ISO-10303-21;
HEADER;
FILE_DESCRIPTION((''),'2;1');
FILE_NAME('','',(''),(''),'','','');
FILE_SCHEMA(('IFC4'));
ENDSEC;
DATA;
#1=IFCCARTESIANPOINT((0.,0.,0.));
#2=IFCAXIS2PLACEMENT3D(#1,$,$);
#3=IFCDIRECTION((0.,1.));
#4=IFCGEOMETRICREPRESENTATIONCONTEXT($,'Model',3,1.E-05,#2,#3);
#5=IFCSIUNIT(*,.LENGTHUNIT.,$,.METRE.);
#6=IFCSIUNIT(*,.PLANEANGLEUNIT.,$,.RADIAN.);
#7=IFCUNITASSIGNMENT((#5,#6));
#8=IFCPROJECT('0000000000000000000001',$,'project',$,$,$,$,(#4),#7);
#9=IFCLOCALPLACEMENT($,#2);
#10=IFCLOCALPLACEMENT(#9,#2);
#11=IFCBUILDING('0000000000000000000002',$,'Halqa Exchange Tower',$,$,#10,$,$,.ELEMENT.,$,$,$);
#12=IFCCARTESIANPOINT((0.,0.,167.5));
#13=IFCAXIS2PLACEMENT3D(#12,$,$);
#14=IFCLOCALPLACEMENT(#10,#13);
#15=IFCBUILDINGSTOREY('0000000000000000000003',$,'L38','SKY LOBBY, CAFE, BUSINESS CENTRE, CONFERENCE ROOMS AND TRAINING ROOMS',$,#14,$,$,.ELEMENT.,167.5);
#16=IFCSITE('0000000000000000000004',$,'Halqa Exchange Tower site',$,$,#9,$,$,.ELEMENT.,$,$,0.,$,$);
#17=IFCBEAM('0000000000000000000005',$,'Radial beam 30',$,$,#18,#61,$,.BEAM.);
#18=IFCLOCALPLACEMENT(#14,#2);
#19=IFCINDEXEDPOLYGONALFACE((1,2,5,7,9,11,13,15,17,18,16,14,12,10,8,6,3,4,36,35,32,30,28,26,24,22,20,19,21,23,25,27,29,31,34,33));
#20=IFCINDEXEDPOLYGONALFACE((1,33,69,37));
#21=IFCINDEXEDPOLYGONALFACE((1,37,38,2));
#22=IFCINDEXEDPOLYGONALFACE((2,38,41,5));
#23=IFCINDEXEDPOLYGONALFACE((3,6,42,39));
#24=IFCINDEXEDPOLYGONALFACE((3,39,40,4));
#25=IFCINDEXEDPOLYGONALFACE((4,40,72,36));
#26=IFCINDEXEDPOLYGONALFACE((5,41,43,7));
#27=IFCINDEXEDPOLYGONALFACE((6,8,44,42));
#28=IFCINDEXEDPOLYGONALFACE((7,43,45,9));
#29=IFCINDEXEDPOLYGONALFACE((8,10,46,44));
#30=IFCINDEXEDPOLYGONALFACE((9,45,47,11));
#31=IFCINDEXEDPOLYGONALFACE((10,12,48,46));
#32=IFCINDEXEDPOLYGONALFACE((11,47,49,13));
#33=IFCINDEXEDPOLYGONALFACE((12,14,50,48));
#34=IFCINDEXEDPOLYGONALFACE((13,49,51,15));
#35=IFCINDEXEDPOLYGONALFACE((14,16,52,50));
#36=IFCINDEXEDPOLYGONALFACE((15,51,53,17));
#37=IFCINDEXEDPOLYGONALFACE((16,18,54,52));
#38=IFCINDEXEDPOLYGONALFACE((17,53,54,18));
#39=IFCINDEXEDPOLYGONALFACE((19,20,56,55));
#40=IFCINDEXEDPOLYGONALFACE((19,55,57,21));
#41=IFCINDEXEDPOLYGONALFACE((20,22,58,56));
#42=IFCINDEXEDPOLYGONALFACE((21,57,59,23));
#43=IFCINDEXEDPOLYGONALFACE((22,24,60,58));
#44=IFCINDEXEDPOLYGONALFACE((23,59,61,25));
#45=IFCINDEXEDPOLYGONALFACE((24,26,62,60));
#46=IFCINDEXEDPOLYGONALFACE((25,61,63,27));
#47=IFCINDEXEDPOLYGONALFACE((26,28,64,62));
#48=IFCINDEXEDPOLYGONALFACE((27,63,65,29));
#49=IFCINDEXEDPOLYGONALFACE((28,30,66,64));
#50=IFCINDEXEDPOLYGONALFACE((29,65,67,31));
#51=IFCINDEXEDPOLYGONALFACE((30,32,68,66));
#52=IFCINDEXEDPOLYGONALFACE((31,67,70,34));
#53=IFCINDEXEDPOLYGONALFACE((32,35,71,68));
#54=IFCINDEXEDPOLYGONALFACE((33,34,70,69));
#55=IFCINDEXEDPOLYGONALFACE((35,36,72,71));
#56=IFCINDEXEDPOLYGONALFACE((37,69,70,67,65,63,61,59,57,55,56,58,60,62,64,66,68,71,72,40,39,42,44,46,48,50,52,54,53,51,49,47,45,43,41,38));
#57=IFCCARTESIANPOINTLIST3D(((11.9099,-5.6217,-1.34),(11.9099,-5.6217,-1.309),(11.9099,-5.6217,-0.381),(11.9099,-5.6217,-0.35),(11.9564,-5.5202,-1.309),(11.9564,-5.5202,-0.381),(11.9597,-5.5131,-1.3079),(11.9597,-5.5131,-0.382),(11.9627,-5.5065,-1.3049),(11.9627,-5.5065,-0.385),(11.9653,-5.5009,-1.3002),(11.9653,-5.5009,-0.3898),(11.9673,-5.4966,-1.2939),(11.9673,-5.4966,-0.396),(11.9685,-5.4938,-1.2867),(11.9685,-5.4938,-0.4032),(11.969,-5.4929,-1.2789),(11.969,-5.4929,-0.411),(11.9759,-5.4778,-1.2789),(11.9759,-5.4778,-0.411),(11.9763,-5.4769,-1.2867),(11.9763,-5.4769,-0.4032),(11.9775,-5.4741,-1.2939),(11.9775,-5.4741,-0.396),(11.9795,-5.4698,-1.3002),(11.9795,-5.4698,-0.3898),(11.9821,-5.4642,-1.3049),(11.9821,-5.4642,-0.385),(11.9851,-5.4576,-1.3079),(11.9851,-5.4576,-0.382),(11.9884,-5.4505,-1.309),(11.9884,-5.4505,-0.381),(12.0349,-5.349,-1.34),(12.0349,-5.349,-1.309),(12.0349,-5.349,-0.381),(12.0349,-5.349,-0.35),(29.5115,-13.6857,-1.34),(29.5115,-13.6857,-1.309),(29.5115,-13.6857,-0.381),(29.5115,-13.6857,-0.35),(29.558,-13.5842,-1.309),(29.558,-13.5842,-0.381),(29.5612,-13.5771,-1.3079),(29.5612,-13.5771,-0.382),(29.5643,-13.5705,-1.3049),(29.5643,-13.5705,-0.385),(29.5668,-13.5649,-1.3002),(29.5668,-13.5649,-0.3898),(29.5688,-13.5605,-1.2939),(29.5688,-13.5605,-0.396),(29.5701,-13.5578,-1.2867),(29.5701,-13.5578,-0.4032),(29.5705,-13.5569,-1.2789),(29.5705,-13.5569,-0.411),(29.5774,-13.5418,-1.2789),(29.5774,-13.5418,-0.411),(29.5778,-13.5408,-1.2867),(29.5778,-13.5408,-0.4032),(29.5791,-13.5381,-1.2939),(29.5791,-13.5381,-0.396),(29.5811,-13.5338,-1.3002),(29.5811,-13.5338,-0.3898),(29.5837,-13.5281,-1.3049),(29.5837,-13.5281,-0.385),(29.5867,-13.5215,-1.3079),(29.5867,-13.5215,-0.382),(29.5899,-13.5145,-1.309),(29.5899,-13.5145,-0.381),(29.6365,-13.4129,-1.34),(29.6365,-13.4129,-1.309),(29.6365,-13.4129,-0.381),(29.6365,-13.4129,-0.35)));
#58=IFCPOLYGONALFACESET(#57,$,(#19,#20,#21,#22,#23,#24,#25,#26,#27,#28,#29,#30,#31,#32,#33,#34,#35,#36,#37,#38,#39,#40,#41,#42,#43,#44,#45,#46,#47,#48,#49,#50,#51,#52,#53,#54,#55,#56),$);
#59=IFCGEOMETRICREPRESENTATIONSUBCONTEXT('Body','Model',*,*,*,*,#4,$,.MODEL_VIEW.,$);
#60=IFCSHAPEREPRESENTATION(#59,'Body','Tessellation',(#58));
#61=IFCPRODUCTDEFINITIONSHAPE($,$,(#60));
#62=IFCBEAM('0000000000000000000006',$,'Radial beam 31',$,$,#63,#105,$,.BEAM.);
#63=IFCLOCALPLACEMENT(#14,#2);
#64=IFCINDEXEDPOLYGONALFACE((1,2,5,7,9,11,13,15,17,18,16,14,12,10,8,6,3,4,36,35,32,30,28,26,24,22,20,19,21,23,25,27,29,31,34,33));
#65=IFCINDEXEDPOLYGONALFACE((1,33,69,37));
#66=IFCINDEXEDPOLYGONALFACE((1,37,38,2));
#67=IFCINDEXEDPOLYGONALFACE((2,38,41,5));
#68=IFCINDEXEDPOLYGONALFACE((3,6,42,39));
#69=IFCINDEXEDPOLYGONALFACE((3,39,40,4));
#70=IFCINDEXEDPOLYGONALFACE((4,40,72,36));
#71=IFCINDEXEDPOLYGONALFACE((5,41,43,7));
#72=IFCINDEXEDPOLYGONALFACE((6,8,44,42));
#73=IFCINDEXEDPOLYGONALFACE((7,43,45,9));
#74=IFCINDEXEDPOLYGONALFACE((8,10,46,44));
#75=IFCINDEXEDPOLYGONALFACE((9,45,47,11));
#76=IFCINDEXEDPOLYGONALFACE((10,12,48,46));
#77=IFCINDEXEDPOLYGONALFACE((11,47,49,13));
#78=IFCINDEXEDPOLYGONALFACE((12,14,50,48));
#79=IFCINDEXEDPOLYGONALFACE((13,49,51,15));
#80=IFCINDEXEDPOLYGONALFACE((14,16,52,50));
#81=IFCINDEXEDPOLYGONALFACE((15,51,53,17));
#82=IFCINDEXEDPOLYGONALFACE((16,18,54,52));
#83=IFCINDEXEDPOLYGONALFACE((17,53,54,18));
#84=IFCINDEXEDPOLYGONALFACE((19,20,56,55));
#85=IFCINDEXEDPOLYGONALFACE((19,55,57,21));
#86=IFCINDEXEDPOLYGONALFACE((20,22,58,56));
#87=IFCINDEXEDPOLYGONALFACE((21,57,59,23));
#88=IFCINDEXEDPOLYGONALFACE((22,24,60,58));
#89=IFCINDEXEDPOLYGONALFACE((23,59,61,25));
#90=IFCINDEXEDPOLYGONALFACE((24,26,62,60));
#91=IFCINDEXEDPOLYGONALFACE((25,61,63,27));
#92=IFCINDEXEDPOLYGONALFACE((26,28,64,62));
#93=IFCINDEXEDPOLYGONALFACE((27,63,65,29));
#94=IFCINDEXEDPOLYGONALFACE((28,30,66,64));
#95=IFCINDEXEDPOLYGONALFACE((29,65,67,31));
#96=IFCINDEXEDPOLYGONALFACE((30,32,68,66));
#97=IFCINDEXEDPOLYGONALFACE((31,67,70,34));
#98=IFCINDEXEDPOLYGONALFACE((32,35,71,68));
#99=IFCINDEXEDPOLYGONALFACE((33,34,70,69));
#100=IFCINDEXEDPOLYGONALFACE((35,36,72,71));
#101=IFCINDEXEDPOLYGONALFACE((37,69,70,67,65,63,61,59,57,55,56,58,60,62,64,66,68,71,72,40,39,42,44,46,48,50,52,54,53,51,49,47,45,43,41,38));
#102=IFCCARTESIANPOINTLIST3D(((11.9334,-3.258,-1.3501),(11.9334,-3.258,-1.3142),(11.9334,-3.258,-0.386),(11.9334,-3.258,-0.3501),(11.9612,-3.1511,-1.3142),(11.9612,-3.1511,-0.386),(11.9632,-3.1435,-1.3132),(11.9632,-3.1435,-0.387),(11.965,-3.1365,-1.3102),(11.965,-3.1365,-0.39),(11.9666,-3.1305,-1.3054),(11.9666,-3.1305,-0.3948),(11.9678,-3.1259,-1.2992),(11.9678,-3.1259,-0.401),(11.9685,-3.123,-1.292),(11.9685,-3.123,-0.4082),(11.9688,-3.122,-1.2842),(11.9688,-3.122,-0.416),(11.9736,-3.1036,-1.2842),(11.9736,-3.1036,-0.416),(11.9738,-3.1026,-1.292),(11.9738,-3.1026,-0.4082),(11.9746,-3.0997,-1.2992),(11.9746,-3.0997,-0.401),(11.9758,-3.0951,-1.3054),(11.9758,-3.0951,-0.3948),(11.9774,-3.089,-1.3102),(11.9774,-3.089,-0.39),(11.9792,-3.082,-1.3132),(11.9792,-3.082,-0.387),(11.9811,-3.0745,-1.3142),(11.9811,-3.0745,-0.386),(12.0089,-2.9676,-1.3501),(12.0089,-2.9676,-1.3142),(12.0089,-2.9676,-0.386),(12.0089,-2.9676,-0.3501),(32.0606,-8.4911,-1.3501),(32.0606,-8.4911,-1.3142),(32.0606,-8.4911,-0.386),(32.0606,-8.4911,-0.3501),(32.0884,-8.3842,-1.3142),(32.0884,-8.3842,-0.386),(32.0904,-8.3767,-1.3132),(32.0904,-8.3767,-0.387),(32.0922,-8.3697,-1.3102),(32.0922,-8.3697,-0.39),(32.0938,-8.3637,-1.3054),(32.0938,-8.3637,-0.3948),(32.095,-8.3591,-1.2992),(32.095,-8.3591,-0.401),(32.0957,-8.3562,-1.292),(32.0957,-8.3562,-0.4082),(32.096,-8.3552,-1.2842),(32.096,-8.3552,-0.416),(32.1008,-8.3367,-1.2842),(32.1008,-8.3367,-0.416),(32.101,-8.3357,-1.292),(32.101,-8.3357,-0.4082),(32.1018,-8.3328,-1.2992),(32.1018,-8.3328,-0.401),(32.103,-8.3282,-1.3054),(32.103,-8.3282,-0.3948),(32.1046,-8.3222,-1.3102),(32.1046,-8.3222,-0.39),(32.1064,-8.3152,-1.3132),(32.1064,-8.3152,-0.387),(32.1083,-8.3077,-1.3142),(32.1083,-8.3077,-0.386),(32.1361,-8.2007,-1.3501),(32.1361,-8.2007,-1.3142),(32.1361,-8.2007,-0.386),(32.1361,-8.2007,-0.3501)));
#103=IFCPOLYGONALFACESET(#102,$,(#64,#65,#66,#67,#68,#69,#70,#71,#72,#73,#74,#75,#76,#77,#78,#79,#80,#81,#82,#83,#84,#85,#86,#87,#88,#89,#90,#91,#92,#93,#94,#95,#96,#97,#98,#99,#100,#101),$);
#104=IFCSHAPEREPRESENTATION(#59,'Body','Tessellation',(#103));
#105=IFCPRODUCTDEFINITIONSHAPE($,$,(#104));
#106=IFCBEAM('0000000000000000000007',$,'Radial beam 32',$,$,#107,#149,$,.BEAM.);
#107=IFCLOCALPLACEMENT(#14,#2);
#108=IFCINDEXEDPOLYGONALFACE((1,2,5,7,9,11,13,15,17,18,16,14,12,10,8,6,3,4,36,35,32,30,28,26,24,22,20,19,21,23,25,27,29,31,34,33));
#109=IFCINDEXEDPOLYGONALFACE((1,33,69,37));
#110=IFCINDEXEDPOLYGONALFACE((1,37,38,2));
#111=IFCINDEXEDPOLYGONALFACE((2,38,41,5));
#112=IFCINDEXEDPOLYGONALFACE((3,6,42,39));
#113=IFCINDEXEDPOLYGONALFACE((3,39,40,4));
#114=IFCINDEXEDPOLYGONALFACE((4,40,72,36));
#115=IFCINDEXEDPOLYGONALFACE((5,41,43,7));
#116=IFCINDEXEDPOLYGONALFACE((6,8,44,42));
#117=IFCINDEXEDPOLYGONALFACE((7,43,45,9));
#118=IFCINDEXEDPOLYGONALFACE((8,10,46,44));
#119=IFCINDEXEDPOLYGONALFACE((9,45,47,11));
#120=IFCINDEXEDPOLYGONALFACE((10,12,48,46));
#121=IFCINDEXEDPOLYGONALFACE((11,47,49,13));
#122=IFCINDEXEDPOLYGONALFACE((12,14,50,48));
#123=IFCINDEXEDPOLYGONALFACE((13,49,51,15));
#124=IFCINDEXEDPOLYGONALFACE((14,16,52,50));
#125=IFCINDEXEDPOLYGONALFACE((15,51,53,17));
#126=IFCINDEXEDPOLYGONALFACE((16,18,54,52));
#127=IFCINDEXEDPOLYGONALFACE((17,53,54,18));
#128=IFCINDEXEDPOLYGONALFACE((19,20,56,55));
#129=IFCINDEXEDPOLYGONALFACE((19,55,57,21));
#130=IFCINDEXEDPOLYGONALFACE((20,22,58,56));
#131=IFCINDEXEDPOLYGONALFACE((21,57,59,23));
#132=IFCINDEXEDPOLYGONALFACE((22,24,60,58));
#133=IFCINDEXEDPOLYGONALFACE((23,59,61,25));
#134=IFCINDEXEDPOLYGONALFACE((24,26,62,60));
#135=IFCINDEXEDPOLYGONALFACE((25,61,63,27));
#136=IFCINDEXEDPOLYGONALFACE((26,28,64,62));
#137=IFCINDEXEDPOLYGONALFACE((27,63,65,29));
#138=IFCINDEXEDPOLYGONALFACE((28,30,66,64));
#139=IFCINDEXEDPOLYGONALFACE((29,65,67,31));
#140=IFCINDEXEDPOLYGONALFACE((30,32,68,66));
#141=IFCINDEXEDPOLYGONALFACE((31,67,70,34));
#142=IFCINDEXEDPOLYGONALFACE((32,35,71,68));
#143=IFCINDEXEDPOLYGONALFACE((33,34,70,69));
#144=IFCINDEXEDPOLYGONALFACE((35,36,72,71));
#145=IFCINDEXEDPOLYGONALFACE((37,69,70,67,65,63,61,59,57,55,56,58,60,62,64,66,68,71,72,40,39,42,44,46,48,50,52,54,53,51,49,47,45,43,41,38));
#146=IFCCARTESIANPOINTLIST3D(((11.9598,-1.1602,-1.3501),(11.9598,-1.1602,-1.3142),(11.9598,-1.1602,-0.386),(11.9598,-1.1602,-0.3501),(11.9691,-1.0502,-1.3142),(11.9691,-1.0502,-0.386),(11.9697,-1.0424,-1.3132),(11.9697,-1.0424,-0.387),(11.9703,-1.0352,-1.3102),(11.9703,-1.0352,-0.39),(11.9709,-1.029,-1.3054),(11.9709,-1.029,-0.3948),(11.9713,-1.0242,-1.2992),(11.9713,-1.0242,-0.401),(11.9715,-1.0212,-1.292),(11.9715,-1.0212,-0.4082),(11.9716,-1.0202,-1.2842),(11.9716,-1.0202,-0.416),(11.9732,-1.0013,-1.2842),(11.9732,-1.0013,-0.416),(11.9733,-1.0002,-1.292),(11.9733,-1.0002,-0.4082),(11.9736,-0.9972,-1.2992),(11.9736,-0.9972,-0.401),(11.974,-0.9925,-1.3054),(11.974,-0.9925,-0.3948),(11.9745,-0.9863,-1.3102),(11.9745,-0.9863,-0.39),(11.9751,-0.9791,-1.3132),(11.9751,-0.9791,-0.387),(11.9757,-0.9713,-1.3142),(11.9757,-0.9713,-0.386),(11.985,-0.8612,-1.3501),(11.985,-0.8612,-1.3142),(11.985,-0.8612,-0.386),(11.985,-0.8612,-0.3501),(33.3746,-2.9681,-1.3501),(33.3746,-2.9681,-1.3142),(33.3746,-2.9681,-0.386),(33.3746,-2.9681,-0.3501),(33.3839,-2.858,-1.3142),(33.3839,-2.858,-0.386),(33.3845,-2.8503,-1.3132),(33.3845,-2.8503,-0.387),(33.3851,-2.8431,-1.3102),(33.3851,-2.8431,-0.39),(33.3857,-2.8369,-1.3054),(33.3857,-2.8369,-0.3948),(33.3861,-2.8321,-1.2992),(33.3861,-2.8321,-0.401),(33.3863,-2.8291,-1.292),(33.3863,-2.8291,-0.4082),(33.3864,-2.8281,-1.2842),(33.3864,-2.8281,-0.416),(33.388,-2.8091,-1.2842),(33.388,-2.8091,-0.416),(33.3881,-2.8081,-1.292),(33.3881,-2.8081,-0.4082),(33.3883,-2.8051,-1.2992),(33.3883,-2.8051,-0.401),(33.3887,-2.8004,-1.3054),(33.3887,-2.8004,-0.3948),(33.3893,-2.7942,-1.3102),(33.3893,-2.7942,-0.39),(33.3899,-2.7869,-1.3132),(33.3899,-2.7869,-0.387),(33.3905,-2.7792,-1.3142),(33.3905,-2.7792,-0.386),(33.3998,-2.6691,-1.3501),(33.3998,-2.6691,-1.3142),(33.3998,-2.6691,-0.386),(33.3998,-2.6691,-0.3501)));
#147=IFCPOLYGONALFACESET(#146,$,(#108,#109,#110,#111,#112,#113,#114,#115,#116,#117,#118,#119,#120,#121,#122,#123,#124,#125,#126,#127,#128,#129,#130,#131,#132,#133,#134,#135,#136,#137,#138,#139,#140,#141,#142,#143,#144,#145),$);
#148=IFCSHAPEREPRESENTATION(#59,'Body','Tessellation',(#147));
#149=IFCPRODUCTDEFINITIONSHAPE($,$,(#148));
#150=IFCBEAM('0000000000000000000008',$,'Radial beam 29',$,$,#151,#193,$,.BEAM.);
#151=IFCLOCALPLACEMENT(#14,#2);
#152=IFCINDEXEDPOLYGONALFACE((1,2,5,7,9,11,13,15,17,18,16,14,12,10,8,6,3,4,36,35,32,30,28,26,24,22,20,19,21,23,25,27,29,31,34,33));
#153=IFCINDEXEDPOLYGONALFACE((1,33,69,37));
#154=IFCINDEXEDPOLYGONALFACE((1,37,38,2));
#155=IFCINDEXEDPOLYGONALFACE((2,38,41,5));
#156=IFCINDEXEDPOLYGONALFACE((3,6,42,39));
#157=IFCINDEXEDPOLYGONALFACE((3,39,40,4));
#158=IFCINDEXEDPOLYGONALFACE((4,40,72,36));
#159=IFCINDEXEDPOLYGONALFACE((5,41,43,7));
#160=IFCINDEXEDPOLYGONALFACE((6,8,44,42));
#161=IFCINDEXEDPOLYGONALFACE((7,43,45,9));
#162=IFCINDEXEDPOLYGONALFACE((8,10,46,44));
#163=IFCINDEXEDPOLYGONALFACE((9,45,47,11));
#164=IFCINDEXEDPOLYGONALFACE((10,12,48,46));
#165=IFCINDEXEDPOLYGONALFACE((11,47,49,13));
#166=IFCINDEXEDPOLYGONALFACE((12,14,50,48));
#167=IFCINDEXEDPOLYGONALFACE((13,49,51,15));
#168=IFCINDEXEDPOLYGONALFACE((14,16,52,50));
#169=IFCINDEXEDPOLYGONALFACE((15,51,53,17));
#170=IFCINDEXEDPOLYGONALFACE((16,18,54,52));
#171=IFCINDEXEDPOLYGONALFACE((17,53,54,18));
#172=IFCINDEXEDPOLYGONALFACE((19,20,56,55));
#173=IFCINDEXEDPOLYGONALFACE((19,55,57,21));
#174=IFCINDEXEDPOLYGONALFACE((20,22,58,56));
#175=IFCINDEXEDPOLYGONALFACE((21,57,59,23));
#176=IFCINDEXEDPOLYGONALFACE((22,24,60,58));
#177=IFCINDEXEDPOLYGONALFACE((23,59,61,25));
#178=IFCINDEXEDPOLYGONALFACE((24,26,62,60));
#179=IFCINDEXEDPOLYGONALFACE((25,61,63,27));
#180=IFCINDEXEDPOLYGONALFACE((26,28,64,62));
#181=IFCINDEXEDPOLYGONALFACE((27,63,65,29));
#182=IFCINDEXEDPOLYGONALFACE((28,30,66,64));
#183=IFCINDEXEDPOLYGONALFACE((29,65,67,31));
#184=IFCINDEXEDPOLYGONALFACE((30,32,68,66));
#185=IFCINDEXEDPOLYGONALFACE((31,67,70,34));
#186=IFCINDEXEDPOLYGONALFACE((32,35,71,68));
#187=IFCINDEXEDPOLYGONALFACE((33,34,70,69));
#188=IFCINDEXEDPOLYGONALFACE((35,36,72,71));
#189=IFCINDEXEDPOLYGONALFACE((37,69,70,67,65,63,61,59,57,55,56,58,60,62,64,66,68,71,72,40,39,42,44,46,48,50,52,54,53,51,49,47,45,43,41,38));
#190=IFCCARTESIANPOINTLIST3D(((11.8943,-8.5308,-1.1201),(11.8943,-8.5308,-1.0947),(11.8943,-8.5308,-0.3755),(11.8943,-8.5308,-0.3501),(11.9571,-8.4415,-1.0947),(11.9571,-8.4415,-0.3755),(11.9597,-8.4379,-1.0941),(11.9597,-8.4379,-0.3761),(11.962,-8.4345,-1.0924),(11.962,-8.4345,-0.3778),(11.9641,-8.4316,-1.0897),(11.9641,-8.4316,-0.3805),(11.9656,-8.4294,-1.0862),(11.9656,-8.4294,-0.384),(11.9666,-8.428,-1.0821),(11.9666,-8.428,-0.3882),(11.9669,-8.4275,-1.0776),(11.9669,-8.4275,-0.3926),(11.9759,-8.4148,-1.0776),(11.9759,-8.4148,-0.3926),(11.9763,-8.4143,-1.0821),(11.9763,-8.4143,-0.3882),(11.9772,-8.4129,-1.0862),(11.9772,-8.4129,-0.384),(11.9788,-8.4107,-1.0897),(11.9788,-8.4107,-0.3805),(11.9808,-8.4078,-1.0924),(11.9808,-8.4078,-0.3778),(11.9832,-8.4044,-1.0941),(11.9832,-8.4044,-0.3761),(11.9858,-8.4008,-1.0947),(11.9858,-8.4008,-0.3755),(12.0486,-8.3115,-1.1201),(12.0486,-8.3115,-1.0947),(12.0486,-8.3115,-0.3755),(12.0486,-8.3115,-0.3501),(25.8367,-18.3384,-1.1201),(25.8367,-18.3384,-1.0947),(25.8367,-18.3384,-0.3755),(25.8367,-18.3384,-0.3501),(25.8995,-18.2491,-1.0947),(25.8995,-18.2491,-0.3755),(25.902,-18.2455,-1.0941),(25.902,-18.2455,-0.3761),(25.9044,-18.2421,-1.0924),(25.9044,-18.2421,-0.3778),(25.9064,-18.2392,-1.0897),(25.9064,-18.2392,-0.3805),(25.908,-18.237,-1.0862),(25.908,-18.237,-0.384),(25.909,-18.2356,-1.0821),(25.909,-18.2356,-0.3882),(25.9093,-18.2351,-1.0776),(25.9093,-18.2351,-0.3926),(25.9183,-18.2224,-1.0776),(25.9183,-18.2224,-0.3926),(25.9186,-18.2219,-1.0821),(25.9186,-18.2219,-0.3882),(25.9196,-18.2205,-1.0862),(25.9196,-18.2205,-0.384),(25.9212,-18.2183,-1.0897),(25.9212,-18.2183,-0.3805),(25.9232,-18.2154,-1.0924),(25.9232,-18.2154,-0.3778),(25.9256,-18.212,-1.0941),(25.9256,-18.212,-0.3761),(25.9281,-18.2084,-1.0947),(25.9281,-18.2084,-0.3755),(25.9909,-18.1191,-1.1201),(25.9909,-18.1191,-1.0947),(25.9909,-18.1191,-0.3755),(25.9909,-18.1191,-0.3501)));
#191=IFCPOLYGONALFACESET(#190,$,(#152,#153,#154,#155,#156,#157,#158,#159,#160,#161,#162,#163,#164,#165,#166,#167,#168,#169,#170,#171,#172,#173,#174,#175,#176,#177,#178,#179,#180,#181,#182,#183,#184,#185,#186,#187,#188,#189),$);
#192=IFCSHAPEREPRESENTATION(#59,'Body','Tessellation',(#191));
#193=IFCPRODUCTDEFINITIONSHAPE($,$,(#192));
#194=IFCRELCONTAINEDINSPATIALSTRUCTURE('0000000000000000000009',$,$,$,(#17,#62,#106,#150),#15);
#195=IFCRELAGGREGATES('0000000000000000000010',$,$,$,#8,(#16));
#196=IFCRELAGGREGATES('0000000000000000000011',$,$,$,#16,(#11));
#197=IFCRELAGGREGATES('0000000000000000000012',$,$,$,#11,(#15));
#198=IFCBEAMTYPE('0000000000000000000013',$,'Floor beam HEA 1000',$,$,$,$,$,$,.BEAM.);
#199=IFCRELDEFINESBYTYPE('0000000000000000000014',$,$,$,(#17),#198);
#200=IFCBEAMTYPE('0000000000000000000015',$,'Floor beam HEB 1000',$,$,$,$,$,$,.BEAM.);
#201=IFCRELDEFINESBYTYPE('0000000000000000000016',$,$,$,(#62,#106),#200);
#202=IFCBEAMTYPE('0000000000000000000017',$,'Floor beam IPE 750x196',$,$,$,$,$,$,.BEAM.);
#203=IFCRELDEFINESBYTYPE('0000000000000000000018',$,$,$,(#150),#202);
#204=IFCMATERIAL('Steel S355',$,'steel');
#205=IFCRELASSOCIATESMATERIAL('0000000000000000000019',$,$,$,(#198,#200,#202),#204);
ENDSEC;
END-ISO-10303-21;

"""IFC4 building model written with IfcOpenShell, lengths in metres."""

from ifc_helpers import new_model, si_unit, direction, frame, origin, origin_2d, place, context, subcontext, project, spatial, i_section, extrude, material, material_profile, profile_set, type_object, element, save


model = new_model("IFC4")

# Units and contexts
model_context = context("Model", 3, precision=1e-05, world=origin(), true_north=direction((0.0, 1.0)))
body_context = subcontext(model_context, "Body", "Model", "MODEL_VIEW")
ifc_project = project(units=[si_unit("LENGTHUNIT", "METRE"), si_unit("PLANEANGLEUNIT", "RADIAN")], contexts=[model_context])

# Site, building, storey
site_placement = place(None, origin())
site = spatial("IfcSite", under=ifc_project, at=site_placement, Name="Halqa Exchange Tower site", CompositionType="ELEMENT", RefElevation=0.0)
building_placement = place(site_placement, origin())
building = spatial("IfcBuilding", under=site, at=building_placement, Name="Halqa Exchange Tower", CompositionType="ELEMENT")
storey_placement = place(building_placement, frame((0.0, 0.0, 167.5)))
storey = spatial("IfcBuildingStorey", under=building, at=storey_placement, Name="L38", Description="SKY LOBBY, CAFE, BUSINESS CENTRE, CONFERENCE ROOMS AND TRAINING ROOMS", CompositionType="ELEMENT", Elevation=167.5)

# Beams
ifc_material_1 = material(Name="Steel S355", Category="steel")
ifc_material_profile_1 = material_profile(ifc_material_1, i_section(OverallWidth=0.3, OverallDepth=0.99, WebThickness=0.0166, FlangeThickness=0.031, FilletRadius=0.03, at=origin_2d()), Name="HEA 1000")
ifc_profile_set_1 = profile_set([ifc_material_profile_1], Name="Steel S355")
beam_type_1 = type_object("IfcBeamType", Name="Floor beam HEA 1000", PredefinedType="BEAM", material=ifc_profile_set_1)
beam_1_placement = place(storey_placement, frame((11.9724, -5.4854, -0.845), z_axis=(0.909132, -0.416509, 0.0), x_axis=(0.416509, 0.909132, 0.0)))
element("IfcBeam", 1, at=beam_1_placement, inside=storey, type_object=beam_type_1, Name="Radial beam 30", PredefinedType="BEAM", context=body_context, shape_type="SweptSolid", body=[
    extrude(i_section(OverallWidth=0.3, OverallDepth=0.99, WebThickness=0.0166, FlangeThickness=0.031, FilletRadius=0.03, at=origin_2d()), origin(), (0.0, 0.0, 1.0), 19.3608),
])
ifc_material_profile_2 = material_profile(ifc_material_1, i_section(OverallWidth=0.3, OverallDepth=1.0, WebThickness=0.019, FlangeThickness=0.0359, FilletRadius=0.03, at=origin_2d()), Name="HEB 1000")
ifc_profile_set_2 = profile_set([ifc_material_profile_2], Name="Steel S355")
beam_type_2 = type_object("IfcBeamType", Name="Floor beam HEB 1000", PredefinedType="BEAM", material=ifc_profile_set_2)
beam_2_placement = place(storey_placement, frame((11.9712, -3.1128, -0.8501), z_axis=(0.967822, -0.251638, 0.0), x_axis=(0.251638, 0.967822, 0.0)))
element("IfcBeam", 2, at=beam_2_placement, inside=storey, type_object=beam_type_2, Name="Radial beam 31", PredefinedType="BEAM", context=body_context, shape_type="SweptSolid", body=[
    extrude(i_section(OverallWidth=0.3, OverallDepth=1.0, WebThickness=0.019, FlangeThickness=0.0359, FilletRadius=0.03, at=origin_2d()), origin(), (0.0, 0.0, 1.0), 20.7964),
])
beam_3_placement = place(storey_placement, frame((11.9724, -1.0107, -0.8501), z_axis=(0.996455, -0.084122, 0.0), x_axis=(0.084122, 0.996455, 0.0)))
element("IfcBeam", 3, at=beam_3_placement, inside=storey, type_object=beam_type_2, Name="Radial beam 32", PredefinedType="BEAM", context=body_context, shape_type="SweptSolid", body=[
    extrude(i_section(OverallWidth=0.3, OverallDepth=1.0, WebThickness=0.019, FlangeThickness=0.0359, FilletRadius=0.03, at=origin_2d()), origin(), (0.0, 0.0, 1.0), 21.491),
])
ifc_material_profile_3 = material_profile(ifc_material_1, i_section(OverallWidth=0.2681, OverallDepth=0.77, WebThickness=0.0156, FlangeThickness=0.0254, FilletRadius=0.0171, at=origin_2d()), Name="IPE 750x196")
ifc_profile_set_3 = profile_set([ifc_material_profile_3], Name="Steel S355")
beam_type_3 = type_object("IfcBeamType", Name="Floor beam IPE 750x196", PredefinedType="BEAM", material=ifc_profile_set_3)
beam_4_placement = place(storey_placement, frame((11.9714, -8.4211, -0.7351), z_axis=(0.817908, -0.575349, 0.0), x_axis=(0.575349, 0.817908, 0.0)))
element("IfcBeam", 4, at=beam_4_placement, inside=storey, type_object=beam_type_3, Name="Radial beam 29", PredefinedType="BEAM", context=body_context, shape_type="SweptSolid", body=[
    extrude(i_section(OverallWidth=0.2681, OverallDepth=0.77, WebThickness=0.0156, FlangeThickness=0.0254, FilletRadius=0.0171, at=origin_2d()), origin(), (0.0, 0.0, 1.0), 17.0464),
])

save(model, "model.ifc")
